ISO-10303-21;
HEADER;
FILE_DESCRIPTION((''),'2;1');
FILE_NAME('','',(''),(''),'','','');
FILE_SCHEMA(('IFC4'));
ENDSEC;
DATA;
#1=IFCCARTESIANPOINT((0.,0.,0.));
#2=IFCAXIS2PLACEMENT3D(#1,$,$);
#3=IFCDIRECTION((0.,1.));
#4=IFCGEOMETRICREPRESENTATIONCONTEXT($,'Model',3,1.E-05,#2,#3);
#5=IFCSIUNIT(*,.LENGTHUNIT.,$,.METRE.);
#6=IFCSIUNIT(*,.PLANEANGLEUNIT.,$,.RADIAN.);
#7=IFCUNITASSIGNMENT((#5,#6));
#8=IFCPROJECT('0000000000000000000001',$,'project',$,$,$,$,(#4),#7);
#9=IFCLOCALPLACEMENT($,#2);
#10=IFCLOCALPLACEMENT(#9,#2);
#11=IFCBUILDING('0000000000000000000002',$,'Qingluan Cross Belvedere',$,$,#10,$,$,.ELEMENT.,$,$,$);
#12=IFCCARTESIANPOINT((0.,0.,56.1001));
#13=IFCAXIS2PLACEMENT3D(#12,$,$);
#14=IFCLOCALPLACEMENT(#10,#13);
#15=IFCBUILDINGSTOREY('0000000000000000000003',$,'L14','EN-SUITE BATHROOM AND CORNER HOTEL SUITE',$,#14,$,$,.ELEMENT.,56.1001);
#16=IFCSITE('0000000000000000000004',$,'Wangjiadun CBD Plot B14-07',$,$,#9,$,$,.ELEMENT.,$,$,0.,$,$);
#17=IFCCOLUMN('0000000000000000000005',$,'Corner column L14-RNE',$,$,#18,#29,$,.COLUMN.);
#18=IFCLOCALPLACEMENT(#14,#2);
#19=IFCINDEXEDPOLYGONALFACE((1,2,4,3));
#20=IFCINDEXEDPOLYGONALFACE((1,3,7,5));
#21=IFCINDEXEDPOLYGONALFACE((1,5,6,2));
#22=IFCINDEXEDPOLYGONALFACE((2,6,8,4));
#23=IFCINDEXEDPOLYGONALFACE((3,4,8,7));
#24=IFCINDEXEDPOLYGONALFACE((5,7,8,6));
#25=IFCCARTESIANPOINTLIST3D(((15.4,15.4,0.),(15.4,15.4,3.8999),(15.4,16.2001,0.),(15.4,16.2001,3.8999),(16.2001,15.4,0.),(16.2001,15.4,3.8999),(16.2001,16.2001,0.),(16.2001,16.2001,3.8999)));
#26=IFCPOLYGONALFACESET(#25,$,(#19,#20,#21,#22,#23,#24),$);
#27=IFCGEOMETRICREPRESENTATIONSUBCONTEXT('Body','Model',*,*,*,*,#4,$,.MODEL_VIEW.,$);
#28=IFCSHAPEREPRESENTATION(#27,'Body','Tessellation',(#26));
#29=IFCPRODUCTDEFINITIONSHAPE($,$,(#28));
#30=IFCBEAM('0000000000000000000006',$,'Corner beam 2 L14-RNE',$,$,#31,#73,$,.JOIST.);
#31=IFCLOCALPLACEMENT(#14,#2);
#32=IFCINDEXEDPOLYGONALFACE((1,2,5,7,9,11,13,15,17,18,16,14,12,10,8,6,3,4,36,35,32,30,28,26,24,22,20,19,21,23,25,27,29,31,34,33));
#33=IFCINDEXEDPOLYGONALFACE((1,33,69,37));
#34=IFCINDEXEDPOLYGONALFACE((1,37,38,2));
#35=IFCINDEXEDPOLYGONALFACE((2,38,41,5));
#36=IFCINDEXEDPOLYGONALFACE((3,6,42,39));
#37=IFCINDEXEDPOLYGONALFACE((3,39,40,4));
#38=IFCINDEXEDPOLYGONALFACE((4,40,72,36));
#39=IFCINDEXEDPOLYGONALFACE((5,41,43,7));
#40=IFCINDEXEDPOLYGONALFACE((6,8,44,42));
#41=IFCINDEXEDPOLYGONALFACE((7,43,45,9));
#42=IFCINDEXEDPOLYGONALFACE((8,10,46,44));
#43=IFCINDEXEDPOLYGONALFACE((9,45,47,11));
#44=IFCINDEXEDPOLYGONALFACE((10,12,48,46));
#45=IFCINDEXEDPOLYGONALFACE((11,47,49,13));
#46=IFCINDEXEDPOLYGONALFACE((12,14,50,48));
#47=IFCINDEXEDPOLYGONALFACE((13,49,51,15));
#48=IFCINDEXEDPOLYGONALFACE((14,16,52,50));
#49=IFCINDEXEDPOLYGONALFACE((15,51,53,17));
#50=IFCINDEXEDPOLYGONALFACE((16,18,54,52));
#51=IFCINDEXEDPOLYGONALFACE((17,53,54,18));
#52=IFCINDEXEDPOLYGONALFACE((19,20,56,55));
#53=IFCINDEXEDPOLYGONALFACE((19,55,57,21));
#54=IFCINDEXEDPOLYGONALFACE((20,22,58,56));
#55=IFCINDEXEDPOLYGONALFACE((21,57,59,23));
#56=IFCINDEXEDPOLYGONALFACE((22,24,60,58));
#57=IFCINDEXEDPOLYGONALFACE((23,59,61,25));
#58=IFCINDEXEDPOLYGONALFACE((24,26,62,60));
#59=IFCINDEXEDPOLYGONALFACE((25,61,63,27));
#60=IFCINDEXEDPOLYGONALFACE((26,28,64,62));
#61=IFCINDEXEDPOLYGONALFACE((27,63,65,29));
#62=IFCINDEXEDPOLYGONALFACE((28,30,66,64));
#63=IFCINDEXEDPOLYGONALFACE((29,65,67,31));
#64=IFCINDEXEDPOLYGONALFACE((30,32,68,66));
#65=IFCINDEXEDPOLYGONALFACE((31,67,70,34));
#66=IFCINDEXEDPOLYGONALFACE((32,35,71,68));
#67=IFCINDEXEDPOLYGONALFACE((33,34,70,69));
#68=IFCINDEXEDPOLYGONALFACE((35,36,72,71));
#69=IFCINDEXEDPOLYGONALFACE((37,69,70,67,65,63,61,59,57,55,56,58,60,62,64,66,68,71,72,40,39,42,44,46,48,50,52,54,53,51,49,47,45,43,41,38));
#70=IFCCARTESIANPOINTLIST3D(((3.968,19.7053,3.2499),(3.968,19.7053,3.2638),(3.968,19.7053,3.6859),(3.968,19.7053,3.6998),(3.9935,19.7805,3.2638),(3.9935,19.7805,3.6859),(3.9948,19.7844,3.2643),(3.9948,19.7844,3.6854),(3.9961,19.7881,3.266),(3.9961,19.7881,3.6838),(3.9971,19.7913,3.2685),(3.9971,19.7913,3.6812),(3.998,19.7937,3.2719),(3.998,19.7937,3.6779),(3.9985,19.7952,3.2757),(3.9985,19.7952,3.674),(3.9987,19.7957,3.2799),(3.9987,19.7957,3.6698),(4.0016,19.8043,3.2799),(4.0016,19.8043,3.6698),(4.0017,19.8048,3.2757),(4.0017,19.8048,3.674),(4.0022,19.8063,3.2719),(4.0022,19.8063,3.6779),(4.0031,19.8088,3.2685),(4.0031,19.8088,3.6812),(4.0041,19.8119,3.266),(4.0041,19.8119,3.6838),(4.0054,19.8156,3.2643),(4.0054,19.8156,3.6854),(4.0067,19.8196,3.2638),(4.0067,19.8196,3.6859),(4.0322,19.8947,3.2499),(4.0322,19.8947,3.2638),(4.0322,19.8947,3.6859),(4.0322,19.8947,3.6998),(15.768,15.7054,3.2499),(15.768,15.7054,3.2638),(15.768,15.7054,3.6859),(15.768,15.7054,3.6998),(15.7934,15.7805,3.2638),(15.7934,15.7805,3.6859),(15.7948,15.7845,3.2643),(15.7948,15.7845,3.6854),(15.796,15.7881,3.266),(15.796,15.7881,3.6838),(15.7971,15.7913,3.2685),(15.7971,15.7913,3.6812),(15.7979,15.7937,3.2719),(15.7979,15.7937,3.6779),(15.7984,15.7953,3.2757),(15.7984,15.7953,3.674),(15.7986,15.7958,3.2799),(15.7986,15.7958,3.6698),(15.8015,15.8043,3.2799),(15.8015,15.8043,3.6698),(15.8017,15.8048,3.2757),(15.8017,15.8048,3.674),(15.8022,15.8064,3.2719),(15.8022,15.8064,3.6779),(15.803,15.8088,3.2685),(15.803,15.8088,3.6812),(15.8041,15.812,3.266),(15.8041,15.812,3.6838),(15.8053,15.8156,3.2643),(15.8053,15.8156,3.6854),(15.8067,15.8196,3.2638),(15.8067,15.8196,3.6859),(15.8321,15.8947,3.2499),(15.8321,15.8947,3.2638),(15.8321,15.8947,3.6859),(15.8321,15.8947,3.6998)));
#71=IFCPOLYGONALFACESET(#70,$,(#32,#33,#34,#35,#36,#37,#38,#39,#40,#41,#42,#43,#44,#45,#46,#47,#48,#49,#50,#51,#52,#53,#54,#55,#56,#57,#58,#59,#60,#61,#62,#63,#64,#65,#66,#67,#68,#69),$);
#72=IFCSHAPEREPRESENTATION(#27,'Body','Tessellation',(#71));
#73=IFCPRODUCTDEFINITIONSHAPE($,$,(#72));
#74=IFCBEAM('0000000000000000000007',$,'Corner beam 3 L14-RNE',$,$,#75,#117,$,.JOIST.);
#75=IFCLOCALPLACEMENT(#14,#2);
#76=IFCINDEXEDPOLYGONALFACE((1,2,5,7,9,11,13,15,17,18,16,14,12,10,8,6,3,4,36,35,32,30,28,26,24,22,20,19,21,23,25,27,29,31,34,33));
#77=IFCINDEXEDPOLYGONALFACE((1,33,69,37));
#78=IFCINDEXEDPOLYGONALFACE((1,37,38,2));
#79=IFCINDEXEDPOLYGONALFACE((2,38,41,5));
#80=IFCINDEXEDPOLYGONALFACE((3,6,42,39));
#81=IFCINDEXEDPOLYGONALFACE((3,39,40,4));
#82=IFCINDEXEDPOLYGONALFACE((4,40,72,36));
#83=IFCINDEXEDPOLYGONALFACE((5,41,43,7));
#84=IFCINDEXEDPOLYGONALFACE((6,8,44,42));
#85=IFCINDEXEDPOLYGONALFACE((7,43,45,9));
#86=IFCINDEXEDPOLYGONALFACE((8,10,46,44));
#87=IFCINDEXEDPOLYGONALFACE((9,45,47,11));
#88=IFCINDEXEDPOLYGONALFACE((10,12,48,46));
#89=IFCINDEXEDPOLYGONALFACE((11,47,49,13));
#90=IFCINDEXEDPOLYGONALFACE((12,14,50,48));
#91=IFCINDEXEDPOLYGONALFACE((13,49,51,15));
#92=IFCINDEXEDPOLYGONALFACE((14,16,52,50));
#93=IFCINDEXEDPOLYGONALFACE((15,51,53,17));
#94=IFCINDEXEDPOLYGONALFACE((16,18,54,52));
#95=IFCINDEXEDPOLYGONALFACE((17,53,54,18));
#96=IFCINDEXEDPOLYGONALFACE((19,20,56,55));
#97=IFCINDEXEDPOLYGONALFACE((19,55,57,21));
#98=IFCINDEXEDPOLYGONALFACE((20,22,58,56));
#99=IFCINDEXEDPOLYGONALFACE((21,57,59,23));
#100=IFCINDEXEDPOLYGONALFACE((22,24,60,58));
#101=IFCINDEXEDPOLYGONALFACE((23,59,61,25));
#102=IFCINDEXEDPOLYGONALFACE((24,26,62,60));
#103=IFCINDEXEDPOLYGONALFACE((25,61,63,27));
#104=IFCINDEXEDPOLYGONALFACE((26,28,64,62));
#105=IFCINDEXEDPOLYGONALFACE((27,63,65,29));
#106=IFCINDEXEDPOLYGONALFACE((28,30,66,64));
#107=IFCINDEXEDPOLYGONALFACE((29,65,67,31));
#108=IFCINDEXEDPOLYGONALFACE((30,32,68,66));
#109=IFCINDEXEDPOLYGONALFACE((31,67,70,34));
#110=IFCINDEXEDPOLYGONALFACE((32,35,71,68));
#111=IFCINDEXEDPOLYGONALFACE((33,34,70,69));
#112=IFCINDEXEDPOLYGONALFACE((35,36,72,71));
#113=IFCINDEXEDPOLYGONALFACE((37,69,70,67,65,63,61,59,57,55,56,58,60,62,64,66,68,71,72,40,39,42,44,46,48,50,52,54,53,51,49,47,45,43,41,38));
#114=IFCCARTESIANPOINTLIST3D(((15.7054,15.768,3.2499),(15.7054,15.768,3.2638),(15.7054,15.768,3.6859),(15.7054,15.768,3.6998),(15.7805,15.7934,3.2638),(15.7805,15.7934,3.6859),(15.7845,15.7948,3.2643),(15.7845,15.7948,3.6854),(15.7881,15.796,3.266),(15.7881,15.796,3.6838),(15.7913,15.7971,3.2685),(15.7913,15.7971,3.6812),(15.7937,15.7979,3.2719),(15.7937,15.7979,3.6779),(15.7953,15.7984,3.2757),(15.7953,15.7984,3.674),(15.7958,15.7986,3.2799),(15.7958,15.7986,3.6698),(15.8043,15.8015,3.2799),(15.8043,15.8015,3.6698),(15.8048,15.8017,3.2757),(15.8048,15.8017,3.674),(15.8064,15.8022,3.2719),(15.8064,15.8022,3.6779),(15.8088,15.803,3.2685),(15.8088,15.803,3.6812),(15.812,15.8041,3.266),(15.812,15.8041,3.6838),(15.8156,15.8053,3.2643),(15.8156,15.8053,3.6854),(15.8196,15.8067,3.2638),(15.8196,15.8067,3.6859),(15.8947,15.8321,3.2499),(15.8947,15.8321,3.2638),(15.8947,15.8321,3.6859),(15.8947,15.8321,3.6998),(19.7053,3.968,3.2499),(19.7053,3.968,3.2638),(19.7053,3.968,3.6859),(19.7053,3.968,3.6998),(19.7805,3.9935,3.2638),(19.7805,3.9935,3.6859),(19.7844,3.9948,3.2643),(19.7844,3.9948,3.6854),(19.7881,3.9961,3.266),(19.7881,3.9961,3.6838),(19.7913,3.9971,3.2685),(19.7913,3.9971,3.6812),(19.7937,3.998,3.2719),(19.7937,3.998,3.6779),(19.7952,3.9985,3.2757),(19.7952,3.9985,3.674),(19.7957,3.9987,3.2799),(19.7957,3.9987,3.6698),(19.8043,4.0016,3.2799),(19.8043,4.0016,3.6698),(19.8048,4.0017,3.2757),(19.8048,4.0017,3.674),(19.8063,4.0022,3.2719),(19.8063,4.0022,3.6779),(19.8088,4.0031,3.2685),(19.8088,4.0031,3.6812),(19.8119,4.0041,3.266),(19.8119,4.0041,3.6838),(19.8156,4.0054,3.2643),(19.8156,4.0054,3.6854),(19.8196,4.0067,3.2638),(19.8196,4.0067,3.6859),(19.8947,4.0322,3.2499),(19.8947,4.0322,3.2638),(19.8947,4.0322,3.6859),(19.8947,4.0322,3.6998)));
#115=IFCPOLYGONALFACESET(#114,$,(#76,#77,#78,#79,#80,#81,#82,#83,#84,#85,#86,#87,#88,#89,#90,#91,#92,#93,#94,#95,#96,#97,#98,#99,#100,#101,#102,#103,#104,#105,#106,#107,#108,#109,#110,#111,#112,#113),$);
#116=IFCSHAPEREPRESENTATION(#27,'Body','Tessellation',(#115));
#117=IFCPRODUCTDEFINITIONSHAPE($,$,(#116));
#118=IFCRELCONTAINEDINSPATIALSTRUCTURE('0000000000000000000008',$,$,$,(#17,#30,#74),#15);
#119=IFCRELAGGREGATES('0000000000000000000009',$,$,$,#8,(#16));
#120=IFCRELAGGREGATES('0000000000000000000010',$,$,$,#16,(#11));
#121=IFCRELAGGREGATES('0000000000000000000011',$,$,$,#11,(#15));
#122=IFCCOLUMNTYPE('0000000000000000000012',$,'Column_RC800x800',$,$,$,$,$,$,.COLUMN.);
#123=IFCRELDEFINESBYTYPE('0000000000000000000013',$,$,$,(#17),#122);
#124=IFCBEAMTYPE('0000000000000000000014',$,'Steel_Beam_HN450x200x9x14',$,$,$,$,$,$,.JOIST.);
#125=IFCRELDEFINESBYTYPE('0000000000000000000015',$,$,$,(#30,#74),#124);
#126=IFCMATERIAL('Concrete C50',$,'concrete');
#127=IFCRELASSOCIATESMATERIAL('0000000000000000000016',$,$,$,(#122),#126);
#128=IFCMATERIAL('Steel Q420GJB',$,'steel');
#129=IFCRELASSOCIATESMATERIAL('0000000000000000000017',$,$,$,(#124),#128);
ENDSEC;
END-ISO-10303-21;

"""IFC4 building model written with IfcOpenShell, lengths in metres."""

from ifc_helpers import new_model, si_unit, direction, frame, origin, origin_2d, place, context, subcontext, project, spatial, rectangle, i_section, extrude, material, material_profile, profile_set, type_object, element, save


model = new_model("IFC4")

# Units and contexts
model_context = context("Model", 3, precision=1e-05, world=origin(), true_north=direction((0.0, 1.0)))
body_context = subcontext(model_context, "Body", "Model", "MODEL_VIEW")
ifc_project = project(units=[si_unit("LENGTHUNIT", "METRE"), si_unit("PLANEANGLEUNIT", "RADIAN")], contexts=[model_context])

# Site, building, storey
site_placement = place(None, origin())
site = spatial("IfcSite", under=ifc_project, at=site_placement, Name="Wangjiadun CBD Plot B14-07", CompositionType="ELEMENT", RefElevation=0.0)
building_placement = place(site_placement, origin())
building = spatial("IfcBuilding", under=site, at=building_placement, Name="Qingluan Cross Belvedere", CompositionType="ELEMENT")
storey_placement = place(building_placement, frame((0.0, 0.0, 56.1001)))
storey = spatial("IfcBuildingStorey", under=building, at=storey_placement, Name="L14", Description="EN-SUITE BATHROOM AND CORNER HOTEL SUITE", CompositionType="ELEMENT", Elevation=56.1001)

# Column
ifc_material_1 = material(Name="Concrete C50", Category="concrete")
ifc_material_profile_1 = material_profile(ifc_material_1, rectangle(XDim=0.8, YDim=0.8, at=origin_2d()), Name="RC800x800")
ifc_profile_set_1 = profile_set([ifc_material_profile_1], Name="Concrete C50")
column_type = type_object("IfcColumnType", Name="Column_RC800x800", PredefinedType="COLUMN", material=ifc_profile_set_1)
column_placement = place(storey_placement, frame((15.8, 15.8, 0.0), z_axis=(0.0, 0.0, 1.0), x_axis=(1.0, 0.0, 0.0)))
element("IfcColumn", 1, at=column_placement, inside=storey, type_object=column_type, Name="Corner column L14-RNE", PredefinedType="COLUMN", context=body_context, shape_type="SweptSolid", body=[
    extrude(rectangle(XDim=0.8, YDim=0.8, at=origin_2d()), origin(), (0.0, 0.0, 1.0), 3.8999),
])

# Beams
ifc_material_2 = material(Name="Steel Q420GJB", Category="steel")
ifc_material_profile_2 = material_profile(ifc_material_2, i_section(OverallWidth=0.2, OverallDepth=0.45, WebThickness=0.009, FlangeThickness=0.0139, FilletRadius=0.0161, at=origin_2d()), Name="HN450x200x9x14")
ifc_profile_set_2 = profile_set([ifc_material_profile_2], Name="Steel Q420GJB")
beam_type = type_object("IfcBeamType", Name="Steel_Beam_HN450x200x9x14", PredefinedType="JOIST", material=ifc_profile_set_2)
for number, where, z_axis, x_axis, name in (
    (2, (15.8, 15.8, 3.4749), (-0.947066, 0.321038, 0.0), (-0.321038, -0.947066, 0.0), "Corner beam 2 L14-RNE"),
    (3, (15.8, 15.8, 3.4749), (0.321038, -0.947066, 0.0), (0.947066, 0.321038, 0.0), "Corner beam 3 L14-RNE"),
):
    element("IfcBeam", number, at=place(storey_placement, frame(where, z_axis=z_axis, x_axis=x_axis)), inside=storey, type_object=beam_type, Name=name, PredefinedType="JOIST", context=body_context, shape_type="SweptSolid", body=[
        extrude(i_section(OverallWidth=0.2, OverallDepth=0.45, WebThickness=0.009, FlangeThickness=0.0139, FilletRadius=0.0161, at=origin_2d()), origin(), (0.0, 0.0, 1.0), 12.4595),
    ])

save(model, "model.ifc")
